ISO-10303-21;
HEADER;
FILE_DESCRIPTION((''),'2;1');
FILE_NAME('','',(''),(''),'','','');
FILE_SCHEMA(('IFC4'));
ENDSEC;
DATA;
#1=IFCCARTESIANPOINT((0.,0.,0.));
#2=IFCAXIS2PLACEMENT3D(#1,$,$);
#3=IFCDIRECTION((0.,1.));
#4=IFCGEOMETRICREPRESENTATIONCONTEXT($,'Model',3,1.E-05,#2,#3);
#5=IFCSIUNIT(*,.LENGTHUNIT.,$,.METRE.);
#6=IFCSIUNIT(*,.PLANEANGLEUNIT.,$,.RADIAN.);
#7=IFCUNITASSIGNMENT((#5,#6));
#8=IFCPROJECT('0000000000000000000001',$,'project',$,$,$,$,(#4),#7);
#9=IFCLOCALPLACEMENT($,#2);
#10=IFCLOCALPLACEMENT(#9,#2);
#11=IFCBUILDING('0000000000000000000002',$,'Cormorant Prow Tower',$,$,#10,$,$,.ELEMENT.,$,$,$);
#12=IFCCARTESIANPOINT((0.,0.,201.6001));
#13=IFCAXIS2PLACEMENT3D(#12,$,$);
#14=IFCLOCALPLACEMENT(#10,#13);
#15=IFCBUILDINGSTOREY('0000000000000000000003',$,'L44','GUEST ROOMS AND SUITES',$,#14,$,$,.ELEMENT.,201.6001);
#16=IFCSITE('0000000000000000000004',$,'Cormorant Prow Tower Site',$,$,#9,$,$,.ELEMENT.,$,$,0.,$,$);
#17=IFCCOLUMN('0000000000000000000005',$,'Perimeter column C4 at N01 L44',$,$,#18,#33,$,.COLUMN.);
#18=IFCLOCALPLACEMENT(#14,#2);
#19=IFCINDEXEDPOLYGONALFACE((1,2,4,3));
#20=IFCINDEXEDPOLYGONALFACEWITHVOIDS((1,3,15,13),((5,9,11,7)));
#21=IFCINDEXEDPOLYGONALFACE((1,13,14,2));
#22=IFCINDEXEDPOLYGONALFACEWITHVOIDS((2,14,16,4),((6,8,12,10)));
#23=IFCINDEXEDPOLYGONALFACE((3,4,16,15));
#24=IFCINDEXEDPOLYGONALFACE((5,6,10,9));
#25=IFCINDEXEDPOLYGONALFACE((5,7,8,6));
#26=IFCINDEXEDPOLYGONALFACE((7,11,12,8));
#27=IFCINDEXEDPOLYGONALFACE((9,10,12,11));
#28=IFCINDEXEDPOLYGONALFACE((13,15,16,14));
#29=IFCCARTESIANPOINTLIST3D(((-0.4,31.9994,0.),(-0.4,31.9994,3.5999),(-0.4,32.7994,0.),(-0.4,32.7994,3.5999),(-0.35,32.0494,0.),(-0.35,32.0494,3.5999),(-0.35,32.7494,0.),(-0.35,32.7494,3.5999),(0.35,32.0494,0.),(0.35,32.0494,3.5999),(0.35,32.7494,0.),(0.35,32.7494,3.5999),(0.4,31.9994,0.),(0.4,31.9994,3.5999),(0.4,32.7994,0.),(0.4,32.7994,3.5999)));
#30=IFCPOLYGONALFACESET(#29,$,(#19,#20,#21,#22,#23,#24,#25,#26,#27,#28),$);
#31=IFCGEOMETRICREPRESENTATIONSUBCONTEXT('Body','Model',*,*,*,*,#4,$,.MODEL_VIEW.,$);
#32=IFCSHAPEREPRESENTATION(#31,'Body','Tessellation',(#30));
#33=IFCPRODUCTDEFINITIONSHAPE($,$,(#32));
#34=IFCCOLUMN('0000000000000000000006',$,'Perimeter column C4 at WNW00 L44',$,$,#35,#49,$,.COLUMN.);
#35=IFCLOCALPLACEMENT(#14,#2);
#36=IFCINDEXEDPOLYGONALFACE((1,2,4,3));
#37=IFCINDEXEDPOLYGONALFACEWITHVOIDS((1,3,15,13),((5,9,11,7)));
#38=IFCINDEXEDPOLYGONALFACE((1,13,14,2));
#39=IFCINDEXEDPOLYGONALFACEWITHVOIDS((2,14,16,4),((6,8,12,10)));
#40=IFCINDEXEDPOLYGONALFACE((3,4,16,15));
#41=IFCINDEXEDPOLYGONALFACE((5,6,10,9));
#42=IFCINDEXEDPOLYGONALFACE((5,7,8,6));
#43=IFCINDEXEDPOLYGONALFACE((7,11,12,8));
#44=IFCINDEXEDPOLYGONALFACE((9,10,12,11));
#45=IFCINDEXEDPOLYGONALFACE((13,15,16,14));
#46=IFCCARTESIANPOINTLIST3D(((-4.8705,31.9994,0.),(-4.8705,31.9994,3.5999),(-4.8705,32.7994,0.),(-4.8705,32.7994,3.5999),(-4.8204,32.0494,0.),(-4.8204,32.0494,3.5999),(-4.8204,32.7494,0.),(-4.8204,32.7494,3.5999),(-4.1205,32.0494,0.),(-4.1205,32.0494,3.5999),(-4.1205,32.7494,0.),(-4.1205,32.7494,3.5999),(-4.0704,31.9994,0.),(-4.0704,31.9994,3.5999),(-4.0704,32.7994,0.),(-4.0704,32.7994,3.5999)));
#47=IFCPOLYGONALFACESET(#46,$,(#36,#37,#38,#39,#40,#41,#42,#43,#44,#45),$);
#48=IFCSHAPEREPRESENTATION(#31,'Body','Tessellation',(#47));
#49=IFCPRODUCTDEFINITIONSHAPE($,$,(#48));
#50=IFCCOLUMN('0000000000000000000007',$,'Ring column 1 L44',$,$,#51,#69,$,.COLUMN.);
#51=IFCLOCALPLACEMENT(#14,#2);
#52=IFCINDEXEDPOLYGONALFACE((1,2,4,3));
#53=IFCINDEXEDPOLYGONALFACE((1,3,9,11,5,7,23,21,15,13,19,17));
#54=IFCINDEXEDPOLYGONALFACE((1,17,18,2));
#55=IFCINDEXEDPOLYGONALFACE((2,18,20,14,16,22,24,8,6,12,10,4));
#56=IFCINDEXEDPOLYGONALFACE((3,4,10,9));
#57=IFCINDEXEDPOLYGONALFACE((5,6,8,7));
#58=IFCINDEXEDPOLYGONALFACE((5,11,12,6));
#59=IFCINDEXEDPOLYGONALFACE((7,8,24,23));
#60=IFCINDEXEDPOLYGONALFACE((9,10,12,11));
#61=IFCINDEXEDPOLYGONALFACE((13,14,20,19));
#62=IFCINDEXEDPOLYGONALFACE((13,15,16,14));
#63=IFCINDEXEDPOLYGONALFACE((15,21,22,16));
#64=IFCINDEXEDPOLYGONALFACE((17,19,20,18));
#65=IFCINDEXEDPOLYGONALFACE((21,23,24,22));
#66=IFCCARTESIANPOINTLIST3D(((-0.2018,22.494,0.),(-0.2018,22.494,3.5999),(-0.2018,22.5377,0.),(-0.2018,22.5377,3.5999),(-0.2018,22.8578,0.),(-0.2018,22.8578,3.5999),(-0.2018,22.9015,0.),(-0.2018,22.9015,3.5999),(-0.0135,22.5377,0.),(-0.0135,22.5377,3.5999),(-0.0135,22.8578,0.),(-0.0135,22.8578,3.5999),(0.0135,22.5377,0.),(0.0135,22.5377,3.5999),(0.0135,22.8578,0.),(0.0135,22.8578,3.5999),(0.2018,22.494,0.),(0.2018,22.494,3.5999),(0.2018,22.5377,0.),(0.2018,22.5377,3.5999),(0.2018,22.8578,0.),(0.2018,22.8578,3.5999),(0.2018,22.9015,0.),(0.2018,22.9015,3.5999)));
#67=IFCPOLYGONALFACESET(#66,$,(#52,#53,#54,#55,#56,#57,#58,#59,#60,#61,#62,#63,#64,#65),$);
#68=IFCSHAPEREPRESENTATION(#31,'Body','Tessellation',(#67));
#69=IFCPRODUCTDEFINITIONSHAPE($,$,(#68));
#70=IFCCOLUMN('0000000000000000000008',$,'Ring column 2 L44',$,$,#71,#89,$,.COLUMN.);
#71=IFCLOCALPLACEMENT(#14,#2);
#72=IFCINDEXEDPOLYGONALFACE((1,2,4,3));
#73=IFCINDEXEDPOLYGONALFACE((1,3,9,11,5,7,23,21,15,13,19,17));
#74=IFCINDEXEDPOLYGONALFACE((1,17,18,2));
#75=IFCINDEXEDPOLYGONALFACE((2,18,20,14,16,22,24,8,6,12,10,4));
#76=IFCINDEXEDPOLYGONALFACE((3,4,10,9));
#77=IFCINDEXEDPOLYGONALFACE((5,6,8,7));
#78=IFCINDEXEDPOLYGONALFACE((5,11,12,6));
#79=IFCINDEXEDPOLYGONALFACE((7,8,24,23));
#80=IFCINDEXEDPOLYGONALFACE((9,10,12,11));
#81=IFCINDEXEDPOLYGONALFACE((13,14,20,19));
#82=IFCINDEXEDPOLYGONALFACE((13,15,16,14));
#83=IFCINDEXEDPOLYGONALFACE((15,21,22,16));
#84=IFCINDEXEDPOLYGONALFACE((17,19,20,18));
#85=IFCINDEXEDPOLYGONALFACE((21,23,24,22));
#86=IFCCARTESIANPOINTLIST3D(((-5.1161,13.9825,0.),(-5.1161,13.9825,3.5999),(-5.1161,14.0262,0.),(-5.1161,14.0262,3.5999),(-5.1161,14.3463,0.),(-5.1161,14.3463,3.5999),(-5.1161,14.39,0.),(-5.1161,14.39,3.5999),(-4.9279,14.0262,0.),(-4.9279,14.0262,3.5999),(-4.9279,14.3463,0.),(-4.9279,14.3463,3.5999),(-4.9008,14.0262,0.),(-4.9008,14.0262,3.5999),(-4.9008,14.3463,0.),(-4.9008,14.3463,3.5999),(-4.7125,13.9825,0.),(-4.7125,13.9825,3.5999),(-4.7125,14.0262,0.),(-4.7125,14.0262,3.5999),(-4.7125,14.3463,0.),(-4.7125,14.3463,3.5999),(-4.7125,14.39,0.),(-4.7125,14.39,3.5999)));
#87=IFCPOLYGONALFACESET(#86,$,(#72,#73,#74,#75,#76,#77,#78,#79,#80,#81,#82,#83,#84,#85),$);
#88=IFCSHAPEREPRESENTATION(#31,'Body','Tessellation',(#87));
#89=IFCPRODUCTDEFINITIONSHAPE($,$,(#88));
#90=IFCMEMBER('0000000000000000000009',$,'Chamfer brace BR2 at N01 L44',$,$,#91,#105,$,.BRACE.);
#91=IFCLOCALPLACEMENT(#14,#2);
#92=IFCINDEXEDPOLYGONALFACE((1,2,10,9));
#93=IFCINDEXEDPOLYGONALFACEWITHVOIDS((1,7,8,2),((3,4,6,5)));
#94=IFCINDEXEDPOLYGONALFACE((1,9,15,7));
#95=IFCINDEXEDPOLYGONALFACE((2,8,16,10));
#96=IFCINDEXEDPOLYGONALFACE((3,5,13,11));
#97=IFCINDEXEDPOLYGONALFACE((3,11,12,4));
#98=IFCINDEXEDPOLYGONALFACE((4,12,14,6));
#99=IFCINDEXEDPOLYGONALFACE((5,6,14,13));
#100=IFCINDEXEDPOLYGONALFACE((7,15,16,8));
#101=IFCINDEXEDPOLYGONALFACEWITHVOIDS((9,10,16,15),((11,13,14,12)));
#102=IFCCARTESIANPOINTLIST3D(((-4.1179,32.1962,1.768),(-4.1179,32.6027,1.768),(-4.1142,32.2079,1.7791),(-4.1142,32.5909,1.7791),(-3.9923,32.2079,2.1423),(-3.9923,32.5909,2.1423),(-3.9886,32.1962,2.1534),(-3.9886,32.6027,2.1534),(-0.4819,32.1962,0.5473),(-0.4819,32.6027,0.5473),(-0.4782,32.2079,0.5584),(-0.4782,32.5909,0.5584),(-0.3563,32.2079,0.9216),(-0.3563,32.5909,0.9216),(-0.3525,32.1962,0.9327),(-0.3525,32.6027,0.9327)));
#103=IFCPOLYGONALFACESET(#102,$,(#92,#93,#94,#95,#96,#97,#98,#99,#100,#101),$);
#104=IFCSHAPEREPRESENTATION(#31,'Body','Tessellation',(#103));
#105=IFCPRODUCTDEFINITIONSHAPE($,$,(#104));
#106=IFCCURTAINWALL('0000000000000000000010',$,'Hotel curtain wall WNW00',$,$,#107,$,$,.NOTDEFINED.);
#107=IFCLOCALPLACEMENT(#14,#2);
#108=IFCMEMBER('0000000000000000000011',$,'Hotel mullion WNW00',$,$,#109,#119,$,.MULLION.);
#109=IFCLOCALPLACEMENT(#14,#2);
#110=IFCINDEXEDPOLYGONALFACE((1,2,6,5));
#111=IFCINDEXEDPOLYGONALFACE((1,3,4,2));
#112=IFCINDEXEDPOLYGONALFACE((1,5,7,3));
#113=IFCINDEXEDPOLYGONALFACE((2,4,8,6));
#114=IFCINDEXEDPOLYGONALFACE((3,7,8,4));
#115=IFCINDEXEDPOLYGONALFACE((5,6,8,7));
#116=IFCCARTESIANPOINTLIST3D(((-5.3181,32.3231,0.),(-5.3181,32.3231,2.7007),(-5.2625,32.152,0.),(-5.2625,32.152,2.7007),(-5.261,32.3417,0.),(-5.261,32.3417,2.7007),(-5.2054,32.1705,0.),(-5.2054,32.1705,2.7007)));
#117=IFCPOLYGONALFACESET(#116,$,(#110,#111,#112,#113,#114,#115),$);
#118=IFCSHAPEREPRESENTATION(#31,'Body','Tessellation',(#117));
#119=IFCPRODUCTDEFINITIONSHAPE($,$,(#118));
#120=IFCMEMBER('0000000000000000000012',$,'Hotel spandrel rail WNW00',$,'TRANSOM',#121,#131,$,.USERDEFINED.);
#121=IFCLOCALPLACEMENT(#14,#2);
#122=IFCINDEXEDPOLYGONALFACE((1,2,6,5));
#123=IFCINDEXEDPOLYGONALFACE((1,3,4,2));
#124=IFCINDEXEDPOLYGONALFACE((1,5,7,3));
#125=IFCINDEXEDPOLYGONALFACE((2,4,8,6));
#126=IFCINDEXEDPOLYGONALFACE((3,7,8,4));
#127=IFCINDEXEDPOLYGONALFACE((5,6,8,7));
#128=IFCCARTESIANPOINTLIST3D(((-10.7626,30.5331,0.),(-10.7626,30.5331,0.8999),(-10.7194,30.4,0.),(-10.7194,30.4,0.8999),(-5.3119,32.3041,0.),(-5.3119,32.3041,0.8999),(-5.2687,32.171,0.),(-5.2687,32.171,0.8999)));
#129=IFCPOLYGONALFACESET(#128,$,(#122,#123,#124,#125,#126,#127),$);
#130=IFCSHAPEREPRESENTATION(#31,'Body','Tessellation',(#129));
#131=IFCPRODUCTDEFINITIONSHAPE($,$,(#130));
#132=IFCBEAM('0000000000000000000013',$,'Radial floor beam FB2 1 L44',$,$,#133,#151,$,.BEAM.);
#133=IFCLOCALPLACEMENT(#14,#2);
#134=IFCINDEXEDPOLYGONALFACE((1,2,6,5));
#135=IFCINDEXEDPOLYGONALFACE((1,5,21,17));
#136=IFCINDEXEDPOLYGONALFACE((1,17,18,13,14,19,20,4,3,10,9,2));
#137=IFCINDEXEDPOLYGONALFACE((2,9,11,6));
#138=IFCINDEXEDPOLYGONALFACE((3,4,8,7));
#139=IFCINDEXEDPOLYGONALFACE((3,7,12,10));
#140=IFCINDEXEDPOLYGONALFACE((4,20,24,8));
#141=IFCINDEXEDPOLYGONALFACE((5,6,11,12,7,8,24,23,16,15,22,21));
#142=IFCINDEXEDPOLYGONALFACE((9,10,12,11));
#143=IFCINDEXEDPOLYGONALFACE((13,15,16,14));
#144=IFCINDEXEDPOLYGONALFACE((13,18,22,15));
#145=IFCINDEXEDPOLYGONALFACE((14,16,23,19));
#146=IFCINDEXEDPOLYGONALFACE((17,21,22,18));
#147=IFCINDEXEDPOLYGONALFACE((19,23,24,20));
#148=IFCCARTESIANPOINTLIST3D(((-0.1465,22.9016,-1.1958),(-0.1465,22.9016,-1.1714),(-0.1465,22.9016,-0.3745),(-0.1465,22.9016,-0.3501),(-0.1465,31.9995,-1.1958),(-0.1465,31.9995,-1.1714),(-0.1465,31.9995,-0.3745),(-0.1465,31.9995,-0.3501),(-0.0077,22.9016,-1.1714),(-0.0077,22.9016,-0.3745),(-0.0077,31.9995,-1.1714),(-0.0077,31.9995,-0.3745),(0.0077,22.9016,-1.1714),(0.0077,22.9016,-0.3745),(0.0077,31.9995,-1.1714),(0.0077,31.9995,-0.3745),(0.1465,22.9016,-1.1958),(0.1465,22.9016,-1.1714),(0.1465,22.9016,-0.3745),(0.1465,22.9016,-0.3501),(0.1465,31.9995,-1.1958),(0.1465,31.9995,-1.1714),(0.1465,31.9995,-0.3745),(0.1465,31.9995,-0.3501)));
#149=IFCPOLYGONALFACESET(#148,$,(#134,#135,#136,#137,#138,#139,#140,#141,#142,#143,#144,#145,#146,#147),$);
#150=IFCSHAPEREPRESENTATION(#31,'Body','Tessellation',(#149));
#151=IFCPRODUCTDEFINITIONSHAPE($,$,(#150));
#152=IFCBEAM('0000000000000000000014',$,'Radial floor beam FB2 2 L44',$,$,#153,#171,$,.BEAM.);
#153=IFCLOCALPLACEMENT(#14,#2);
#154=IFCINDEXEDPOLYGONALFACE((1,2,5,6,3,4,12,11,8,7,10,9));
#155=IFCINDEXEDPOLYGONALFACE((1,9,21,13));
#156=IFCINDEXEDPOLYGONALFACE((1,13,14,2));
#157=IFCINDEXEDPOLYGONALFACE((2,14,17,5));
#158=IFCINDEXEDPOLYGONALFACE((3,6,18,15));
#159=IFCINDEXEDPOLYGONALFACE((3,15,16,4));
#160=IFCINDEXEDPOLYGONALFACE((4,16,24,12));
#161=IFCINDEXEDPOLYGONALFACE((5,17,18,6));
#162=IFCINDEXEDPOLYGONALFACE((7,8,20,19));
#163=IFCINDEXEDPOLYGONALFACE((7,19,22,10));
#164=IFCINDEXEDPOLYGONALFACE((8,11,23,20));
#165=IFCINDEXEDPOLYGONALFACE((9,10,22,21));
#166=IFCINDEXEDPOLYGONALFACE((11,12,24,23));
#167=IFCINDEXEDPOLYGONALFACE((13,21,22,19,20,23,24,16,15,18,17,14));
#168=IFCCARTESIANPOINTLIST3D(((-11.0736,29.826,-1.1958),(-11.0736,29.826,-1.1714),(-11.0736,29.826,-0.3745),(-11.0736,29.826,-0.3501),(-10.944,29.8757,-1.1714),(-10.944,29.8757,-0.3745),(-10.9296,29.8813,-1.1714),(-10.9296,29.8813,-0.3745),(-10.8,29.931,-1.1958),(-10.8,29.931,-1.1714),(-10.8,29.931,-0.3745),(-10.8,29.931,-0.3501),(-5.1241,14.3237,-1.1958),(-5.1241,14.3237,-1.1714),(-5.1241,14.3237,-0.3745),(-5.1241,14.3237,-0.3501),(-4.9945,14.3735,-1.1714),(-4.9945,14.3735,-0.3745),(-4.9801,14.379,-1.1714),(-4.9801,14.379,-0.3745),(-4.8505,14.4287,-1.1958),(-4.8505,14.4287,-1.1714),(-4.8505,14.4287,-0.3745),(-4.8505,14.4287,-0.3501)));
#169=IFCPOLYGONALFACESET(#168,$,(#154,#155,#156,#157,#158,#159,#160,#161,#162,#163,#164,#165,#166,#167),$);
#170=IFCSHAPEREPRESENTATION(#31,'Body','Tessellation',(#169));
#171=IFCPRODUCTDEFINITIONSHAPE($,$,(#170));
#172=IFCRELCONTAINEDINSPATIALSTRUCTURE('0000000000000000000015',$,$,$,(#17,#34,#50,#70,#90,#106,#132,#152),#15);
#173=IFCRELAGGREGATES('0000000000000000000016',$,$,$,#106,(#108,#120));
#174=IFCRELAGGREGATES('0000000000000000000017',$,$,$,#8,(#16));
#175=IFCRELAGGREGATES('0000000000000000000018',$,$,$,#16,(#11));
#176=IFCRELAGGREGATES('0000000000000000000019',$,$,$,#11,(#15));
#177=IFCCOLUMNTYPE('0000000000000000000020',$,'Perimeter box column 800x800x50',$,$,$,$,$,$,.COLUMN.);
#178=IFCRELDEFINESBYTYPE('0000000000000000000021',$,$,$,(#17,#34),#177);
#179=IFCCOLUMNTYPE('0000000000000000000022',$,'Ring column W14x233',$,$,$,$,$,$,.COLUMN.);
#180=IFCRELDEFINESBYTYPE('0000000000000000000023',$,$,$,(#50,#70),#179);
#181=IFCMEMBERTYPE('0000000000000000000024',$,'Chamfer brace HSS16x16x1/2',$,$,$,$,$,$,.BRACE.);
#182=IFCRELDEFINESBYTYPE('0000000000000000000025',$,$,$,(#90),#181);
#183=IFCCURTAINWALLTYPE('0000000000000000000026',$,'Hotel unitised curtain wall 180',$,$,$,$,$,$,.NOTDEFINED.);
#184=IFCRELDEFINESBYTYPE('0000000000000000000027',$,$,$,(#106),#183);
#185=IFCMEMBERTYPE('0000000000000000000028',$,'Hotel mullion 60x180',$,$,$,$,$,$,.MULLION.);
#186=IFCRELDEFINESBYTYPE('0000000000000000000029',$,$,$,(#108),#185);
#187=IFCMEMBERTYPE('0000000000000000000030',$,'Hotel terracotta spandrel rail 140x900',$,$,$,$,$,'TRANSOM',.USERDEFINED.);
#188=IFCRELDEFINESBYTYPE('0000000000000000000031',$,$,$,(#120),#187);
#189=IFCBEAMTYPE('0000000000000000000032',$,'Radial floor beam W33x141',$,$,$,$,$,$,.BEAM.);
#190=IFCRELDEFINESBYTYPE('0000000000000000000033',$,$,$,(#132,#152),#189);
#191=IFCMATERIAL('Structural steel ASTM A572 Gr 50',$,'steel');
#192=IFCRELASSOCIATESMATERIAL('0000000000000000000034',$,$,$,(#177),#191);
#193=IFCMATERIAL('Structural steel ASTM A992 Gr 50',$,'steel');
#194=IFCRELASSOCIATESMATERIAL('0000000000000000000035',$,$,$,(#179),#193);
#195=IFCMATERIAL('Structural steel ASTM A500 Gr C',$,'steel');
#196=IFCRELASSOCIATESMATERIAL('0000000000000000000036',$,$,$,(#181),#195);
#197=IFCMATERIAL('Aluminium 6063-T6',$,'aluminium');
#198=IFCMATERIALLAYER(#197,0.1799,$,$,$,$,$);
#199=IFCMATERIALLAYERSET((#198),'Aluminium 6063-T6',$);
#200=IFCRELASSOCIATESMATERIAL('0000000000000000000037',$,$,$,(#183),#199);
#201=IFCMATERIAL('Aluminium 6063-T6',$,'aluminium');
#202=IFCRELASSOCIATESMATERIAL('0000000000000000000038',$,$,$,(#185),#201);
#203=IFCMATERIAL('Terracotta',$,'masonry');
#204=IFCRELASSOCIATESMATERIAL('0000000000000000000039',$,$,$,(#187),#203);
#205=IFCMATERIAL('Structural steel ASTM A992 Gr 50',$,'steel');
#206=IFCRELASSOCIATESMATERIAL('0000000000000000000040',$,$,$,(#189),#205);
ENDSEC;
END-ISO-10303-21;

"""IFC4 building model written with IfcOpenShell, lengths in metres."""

from ifc_helpers import new_model, si_unit, direction, frame, origin, origin_2d, place, context, subcontext, project, spatial, rectangle, hollow_rectangle, i_section, extrude, material, layer, layer_set, material_profile, profile_set, type_object, element, aggregate, save


model = new_model("IFC4")

# Units and contexts
model_context = context("Model", 3, precision=1e-05, world=origin(), true_north=direction((0.0, 1.0)))
body_context = subcontext(model_context, "Body", "Model", "MODEL_VIEW")
ifc_project = project(units=[si_unit("LENGTHUNIT", "METRE"), si_unit("PLANEANGLEUNIT", "RADIAN")], contexts=[model_context])

# Site, building, storey
site_placement = place(None, origin())
site = spatial("IfcSite", under=ifc_project, at=site_placement, Name="Cormorant Prow Tower Site", CompositionType="ELEMENT", RefElevation=0.0)
building_placement = place(site_placement, origin())
building = spatial("IfcBuilding", under=site, at=building_placement, Name="Cormorant Prow Tower", CompositionType="ELEMENT")
storey_placement = place(building_placement, frame((0.0, 0.0, 201.6001)))
storey = spatial("IfcBuildingStorey", under=building, at=storey_placement, Name="L44", Description="GUEST ROOMS AND SUITES", CompositionType="ELEMENT", Elevation=201.6001)

# Columns
ifc_material_1 = material(Name="Structural steel ASTM A572 Gr 50", Category="steel")
ifc_material_profile_1 = material_profile(ifc_material_1, hollow_rectangle(XDim=0.8, YDim=0.8, WallThickness=0.05, at=origin_2d()), Name="Box 800x800x50")
ifc_profile_set_1 = profile_set([ifc_material_profile_1], Name="Structural steel ASTM A572 Gr 50")
column_type_1 = type_object("IfcColumnType", Name="Perimeter box column 800x800x50", PredefinedType="COLUMN", material=ifc_profile_set_1)
for number, where, z_axis, x_axis, name in (
    (1, (0.0, 32.3994, 0.0), (0.0, 0.0, 1.0), (1.0, 0.0, 0.0), "Perimeter column C4 at N01 L44"),
    (2, (-4.4705, 32.3994, 0.0), (0.0, 0.0, 1.0), (1.0, 0.0, 0.0), "Perimeter column C4 at WNW00 L44"),
):
    element("IfcColumn", number, at=place(storey_placement, frame(where, z_axis=z_axis, x_axis=x_axis)), inside=storey, type_object=column_type_1, Name=name, PredefinedType="COLUMN", context=body_context, shape_type="SweptSolid", body=[
        extrude(hollow_rectangle(XDim=0.8, YDim=0.8, WallThickness=0.05, at=origin_2d()), origin(), (0.0, 0.0, 1.0), 3.5999),
    ])
ifc_material_2 = material(Name="Structural steel ASTM A992 Gr 50", Category="steel")
ifc_material_profile_2 = material_profile(ifc_material_2, i_section(OverallWidth=0.4036, OverallDepth=0.4075, WebThickness=0.0271, FlangeThickness=0.0437, at=origin_2d()), Name="W14x233")
ifc_profile_set_2 = profile_set([ifc_material_profile_2], Name="Structural steel ASTM A992 Gr 50")
column_type_2 = type_object("IfcColumnType", Name="Ring column W14x233", PredefinedType="COLUMN", material=ifc_profile_set_2)
for number, where, z_axis, x_axis, name in (
    (3, (0.0, 22.6978, 0.0), (0.0, 0.0, 1.0), (1.0, 0.0, 0.0), "Ring column 1 L44"),
    (4, (-4.9143, 14.1863, 0.0), (0.0, 0.0, 1.0), (1.0, 0.0, 0.0), "Ring column 2 L44"),
):
    element("IfcColumn", number, at=place(storey_placement, frame(where, z_axis=z_axis, x_axis=x_axis)), inside=storey, type_object=column_type_2, Name=name, PredefinedType="COLUMN", context=body_context, shape_type="SweptSolid", body=[
        extrude(i_section(OverallWidth=0.4036, OverallDepth=0.4075, WebThickness=0.0271, FlangeThickness=0.0437, at=origin_2d()), origin(), (0.0, 0.0, 1.0), 3.5999),
    ])

# Member
ifc_material_3 = material(Name="Structural steel ASTM A500 Gr C", Category="steel")
ifc_material_profile_3 = material_profile(ifc_material_3, hollow_rectangle(XDim=0.4065, YDim=0.4065, WallThickness=0.0117, at=origin_2d()), Name="HSS16x16x1/2")
ifc_profile_set_3 = profile_set([ifc_material_profile_3], Name="Structural steel ASTM A500 Gr C")
member_type_1 = type_object("IfcMemberType", Name="Chamfer brace HSS16x16x1/2", PredefinedType="BRACE", material=ifc_profile_set_3)
member_1_placement = place(storey_placement, frame((-0.4172, 32.3994, 0.74), z_axis=(-0.948, 0.0, 0.31827), x_axis=(0.0, -1.0, 0.0)))
element("IfcMember", 5, at=member_1_placement, inside=storey, type_object=member_type_1, Name="Chamfer brace BR2 at N01 L44", PredefinedType="BRACE", context=body_context, shape_type="SweptSolid", body=[
    extrude(hollow_rectangle(XDim=0.4065, YDim=0.4065, WallThickness=0.0117, at=origin_2d()), origin(), (0.0, 0.0, 1.0), 3.8354),
])

# Curtain wall, members
ifc_material_4 = material(Name="Aluminium 6063-T6", Category="aluminium")
ifc_layer_1 = layer(ifc_material_4, 0.1799)
ifc_layer_set_1 = layer_set([ifc_layer_1], Name="Aluminium 6063-T6")
curtain_wall_type = type_object("IfcCurtainWallType", Name="Hotel unitised curtain wall 180", PredefinedType="NOTDEFINED", material=ifc_layer_set_1)
curtain_wall_placement = place(storey_placement, origin())
curtain_wall = element("IfcCurtainWall", 6, at=curtain_wall_placement, inside=storey, type_object=curtain_wall_type, Name="Hotel curtain wall WNW00", PredefinedType="NOTDEFINED")
ifc_material_5 = material(Name="Aluminium 6063-T6", Category="aluminium")
ifc_material_profile_4 = material_profile(ifc_material_5, rectangle(XDim=0.1799, YDim=0.0601, at=origin_2d()), Name="Hotel mullion 60x180")
ifc_profile_set_4 = profile_set([ifc_material_profile_4], Name="Aluminium 6063-T6")
member_type_2 = type_object("IfcMemberType", Name="Hotel mullion 60x180", PredefinedType="MULLION", material=ifc_profile_set_4)
member_2_placement = place(storey_placement, frame((-5.2617, 32.2468, 0.0), z_axis=(0.0, 0.0, 1.0), x_axis=(0.309017, -0.951056, 0.0)))
member_2 = element("IfcMember", 7, at=member_2_placement, type_object=member_type_2, Name="Hotel mullion WNW00", PredefinedType="MULLION", context=body_context, shape_type="SweptSolid", body=[
    extrude(rectangle(XDim=0.1799, YDim=0.0601, at=origin_2d()), origin(), (0.0, 0.0, 1.0), 2.7007),
])
ifc_material_6 = material(Name="Terracotta", Category="masonry")
ifc_material_profile_5 = material_profile(ifc_material_6, rectangle(XDim=0.1399, YDim=0.8999, at=origin_2d()), Name="Hotel terracotta spandrel rail 140x900")
ifc_profile_set_5 = profile_set([ifc_material_profile_5], Name="Terracotta")
member_type_3 = type_object("IfcMemberType", Name="Hotel terracotta spandrel rail 140x900", ElementType="TRANSOM", PredefinedType="USERDEFINED", material=ifc_profile_set_5)
member_3_placement = place(storey_placement, frame((-5.2903, 32.2375, 0.45), z_axis=(-0.951058, -0.309011, 0.0), x_axis=(0.309011, -0.951058, 0.0)))
member_3 = element("IfcMember", 8, at=member_3_placement, type_object=member_type_3, Name="Hotel spandrel rail WNW00", ObjectType="TRANSOM", PredefinedType="USERDEFINED", context=body_context, shape_type="SweptSolid", body=[
    extrude(rectangle(XDim=0.1399, YDim=0.8999, at=origin_2d()), origin(), (0.0, 0.0, 1.0), 5.7312),
])

# Beams
ifc_material_7 = material(Name="Structural steel ASTM A992 Gr 50", Category="steel")
ifc_material_profile_6 = material_profile(ifc_material_7, i_section(OverallWidth=0.293, OverallDepth=0.8457, WebThickness=0.0154, FlangeThickness=0.0244, at=origin_2d()), Name="W33x141")
ifc_profile_set_6 = profile_set([ifc_material_profile_6], Name="Structural steel ASTM A992 Gr 50")
beam_type_1 = type_object("IfcBeamType", Name="Radial floor beam W33x141", PredefinedType="BEAM", material=ifc_profile_set_6)
beam_1_placement = place(storey_placement, frame((0.0, 22.9016, -0.7729), z_axis=(0.0, 1.0, 0.0), x_axis=(-1.0, 0.0, 0.0)))
element("IfcBeam", 9, at=beam_1_placement, inside=storey, type_object=beam_type_1, Name="Radial floor beam FB2 1 L44", PredefinedType="BEAM", context=body_context, shape_type="SweptSolid", body=[
    extrude(i_section(OverallWidth=0.293, OverallDepth=0.8457, WebThickness=0.0154, FlangeThickness=0.0244, at=origin_2d()), origin(), (0.0, 0.0, 1.0), 9.0979),
])
beam_2_placement = place(storey_placement, frame((-4.9873, 14.3762, -0.7729), z_axis=(-0.358301, 0.933606, 0.0), x_axis=(-0.933606, -0.358301, 0.0)))
element("IfcBeam", 10, at=beam_2_placement, inside=storey, type_object=beam_type_1, Name="Radial floor beam FB2 2 L44", PredefinedType="BEAM", context=body_context, shape_type="SweptSolid", body=[
    extrude(i_section(OverallWidth=0.293, OverallDepth=0.8457, WebThickness=0.0154, FlangeThickness=0.0244, at=origin_2d()), origin(), (0.0, 0.0, 1.0), 16.6047),
])

aggregate(curtain_wall, [member_2, member_3])

save(model, "model.ifc")
